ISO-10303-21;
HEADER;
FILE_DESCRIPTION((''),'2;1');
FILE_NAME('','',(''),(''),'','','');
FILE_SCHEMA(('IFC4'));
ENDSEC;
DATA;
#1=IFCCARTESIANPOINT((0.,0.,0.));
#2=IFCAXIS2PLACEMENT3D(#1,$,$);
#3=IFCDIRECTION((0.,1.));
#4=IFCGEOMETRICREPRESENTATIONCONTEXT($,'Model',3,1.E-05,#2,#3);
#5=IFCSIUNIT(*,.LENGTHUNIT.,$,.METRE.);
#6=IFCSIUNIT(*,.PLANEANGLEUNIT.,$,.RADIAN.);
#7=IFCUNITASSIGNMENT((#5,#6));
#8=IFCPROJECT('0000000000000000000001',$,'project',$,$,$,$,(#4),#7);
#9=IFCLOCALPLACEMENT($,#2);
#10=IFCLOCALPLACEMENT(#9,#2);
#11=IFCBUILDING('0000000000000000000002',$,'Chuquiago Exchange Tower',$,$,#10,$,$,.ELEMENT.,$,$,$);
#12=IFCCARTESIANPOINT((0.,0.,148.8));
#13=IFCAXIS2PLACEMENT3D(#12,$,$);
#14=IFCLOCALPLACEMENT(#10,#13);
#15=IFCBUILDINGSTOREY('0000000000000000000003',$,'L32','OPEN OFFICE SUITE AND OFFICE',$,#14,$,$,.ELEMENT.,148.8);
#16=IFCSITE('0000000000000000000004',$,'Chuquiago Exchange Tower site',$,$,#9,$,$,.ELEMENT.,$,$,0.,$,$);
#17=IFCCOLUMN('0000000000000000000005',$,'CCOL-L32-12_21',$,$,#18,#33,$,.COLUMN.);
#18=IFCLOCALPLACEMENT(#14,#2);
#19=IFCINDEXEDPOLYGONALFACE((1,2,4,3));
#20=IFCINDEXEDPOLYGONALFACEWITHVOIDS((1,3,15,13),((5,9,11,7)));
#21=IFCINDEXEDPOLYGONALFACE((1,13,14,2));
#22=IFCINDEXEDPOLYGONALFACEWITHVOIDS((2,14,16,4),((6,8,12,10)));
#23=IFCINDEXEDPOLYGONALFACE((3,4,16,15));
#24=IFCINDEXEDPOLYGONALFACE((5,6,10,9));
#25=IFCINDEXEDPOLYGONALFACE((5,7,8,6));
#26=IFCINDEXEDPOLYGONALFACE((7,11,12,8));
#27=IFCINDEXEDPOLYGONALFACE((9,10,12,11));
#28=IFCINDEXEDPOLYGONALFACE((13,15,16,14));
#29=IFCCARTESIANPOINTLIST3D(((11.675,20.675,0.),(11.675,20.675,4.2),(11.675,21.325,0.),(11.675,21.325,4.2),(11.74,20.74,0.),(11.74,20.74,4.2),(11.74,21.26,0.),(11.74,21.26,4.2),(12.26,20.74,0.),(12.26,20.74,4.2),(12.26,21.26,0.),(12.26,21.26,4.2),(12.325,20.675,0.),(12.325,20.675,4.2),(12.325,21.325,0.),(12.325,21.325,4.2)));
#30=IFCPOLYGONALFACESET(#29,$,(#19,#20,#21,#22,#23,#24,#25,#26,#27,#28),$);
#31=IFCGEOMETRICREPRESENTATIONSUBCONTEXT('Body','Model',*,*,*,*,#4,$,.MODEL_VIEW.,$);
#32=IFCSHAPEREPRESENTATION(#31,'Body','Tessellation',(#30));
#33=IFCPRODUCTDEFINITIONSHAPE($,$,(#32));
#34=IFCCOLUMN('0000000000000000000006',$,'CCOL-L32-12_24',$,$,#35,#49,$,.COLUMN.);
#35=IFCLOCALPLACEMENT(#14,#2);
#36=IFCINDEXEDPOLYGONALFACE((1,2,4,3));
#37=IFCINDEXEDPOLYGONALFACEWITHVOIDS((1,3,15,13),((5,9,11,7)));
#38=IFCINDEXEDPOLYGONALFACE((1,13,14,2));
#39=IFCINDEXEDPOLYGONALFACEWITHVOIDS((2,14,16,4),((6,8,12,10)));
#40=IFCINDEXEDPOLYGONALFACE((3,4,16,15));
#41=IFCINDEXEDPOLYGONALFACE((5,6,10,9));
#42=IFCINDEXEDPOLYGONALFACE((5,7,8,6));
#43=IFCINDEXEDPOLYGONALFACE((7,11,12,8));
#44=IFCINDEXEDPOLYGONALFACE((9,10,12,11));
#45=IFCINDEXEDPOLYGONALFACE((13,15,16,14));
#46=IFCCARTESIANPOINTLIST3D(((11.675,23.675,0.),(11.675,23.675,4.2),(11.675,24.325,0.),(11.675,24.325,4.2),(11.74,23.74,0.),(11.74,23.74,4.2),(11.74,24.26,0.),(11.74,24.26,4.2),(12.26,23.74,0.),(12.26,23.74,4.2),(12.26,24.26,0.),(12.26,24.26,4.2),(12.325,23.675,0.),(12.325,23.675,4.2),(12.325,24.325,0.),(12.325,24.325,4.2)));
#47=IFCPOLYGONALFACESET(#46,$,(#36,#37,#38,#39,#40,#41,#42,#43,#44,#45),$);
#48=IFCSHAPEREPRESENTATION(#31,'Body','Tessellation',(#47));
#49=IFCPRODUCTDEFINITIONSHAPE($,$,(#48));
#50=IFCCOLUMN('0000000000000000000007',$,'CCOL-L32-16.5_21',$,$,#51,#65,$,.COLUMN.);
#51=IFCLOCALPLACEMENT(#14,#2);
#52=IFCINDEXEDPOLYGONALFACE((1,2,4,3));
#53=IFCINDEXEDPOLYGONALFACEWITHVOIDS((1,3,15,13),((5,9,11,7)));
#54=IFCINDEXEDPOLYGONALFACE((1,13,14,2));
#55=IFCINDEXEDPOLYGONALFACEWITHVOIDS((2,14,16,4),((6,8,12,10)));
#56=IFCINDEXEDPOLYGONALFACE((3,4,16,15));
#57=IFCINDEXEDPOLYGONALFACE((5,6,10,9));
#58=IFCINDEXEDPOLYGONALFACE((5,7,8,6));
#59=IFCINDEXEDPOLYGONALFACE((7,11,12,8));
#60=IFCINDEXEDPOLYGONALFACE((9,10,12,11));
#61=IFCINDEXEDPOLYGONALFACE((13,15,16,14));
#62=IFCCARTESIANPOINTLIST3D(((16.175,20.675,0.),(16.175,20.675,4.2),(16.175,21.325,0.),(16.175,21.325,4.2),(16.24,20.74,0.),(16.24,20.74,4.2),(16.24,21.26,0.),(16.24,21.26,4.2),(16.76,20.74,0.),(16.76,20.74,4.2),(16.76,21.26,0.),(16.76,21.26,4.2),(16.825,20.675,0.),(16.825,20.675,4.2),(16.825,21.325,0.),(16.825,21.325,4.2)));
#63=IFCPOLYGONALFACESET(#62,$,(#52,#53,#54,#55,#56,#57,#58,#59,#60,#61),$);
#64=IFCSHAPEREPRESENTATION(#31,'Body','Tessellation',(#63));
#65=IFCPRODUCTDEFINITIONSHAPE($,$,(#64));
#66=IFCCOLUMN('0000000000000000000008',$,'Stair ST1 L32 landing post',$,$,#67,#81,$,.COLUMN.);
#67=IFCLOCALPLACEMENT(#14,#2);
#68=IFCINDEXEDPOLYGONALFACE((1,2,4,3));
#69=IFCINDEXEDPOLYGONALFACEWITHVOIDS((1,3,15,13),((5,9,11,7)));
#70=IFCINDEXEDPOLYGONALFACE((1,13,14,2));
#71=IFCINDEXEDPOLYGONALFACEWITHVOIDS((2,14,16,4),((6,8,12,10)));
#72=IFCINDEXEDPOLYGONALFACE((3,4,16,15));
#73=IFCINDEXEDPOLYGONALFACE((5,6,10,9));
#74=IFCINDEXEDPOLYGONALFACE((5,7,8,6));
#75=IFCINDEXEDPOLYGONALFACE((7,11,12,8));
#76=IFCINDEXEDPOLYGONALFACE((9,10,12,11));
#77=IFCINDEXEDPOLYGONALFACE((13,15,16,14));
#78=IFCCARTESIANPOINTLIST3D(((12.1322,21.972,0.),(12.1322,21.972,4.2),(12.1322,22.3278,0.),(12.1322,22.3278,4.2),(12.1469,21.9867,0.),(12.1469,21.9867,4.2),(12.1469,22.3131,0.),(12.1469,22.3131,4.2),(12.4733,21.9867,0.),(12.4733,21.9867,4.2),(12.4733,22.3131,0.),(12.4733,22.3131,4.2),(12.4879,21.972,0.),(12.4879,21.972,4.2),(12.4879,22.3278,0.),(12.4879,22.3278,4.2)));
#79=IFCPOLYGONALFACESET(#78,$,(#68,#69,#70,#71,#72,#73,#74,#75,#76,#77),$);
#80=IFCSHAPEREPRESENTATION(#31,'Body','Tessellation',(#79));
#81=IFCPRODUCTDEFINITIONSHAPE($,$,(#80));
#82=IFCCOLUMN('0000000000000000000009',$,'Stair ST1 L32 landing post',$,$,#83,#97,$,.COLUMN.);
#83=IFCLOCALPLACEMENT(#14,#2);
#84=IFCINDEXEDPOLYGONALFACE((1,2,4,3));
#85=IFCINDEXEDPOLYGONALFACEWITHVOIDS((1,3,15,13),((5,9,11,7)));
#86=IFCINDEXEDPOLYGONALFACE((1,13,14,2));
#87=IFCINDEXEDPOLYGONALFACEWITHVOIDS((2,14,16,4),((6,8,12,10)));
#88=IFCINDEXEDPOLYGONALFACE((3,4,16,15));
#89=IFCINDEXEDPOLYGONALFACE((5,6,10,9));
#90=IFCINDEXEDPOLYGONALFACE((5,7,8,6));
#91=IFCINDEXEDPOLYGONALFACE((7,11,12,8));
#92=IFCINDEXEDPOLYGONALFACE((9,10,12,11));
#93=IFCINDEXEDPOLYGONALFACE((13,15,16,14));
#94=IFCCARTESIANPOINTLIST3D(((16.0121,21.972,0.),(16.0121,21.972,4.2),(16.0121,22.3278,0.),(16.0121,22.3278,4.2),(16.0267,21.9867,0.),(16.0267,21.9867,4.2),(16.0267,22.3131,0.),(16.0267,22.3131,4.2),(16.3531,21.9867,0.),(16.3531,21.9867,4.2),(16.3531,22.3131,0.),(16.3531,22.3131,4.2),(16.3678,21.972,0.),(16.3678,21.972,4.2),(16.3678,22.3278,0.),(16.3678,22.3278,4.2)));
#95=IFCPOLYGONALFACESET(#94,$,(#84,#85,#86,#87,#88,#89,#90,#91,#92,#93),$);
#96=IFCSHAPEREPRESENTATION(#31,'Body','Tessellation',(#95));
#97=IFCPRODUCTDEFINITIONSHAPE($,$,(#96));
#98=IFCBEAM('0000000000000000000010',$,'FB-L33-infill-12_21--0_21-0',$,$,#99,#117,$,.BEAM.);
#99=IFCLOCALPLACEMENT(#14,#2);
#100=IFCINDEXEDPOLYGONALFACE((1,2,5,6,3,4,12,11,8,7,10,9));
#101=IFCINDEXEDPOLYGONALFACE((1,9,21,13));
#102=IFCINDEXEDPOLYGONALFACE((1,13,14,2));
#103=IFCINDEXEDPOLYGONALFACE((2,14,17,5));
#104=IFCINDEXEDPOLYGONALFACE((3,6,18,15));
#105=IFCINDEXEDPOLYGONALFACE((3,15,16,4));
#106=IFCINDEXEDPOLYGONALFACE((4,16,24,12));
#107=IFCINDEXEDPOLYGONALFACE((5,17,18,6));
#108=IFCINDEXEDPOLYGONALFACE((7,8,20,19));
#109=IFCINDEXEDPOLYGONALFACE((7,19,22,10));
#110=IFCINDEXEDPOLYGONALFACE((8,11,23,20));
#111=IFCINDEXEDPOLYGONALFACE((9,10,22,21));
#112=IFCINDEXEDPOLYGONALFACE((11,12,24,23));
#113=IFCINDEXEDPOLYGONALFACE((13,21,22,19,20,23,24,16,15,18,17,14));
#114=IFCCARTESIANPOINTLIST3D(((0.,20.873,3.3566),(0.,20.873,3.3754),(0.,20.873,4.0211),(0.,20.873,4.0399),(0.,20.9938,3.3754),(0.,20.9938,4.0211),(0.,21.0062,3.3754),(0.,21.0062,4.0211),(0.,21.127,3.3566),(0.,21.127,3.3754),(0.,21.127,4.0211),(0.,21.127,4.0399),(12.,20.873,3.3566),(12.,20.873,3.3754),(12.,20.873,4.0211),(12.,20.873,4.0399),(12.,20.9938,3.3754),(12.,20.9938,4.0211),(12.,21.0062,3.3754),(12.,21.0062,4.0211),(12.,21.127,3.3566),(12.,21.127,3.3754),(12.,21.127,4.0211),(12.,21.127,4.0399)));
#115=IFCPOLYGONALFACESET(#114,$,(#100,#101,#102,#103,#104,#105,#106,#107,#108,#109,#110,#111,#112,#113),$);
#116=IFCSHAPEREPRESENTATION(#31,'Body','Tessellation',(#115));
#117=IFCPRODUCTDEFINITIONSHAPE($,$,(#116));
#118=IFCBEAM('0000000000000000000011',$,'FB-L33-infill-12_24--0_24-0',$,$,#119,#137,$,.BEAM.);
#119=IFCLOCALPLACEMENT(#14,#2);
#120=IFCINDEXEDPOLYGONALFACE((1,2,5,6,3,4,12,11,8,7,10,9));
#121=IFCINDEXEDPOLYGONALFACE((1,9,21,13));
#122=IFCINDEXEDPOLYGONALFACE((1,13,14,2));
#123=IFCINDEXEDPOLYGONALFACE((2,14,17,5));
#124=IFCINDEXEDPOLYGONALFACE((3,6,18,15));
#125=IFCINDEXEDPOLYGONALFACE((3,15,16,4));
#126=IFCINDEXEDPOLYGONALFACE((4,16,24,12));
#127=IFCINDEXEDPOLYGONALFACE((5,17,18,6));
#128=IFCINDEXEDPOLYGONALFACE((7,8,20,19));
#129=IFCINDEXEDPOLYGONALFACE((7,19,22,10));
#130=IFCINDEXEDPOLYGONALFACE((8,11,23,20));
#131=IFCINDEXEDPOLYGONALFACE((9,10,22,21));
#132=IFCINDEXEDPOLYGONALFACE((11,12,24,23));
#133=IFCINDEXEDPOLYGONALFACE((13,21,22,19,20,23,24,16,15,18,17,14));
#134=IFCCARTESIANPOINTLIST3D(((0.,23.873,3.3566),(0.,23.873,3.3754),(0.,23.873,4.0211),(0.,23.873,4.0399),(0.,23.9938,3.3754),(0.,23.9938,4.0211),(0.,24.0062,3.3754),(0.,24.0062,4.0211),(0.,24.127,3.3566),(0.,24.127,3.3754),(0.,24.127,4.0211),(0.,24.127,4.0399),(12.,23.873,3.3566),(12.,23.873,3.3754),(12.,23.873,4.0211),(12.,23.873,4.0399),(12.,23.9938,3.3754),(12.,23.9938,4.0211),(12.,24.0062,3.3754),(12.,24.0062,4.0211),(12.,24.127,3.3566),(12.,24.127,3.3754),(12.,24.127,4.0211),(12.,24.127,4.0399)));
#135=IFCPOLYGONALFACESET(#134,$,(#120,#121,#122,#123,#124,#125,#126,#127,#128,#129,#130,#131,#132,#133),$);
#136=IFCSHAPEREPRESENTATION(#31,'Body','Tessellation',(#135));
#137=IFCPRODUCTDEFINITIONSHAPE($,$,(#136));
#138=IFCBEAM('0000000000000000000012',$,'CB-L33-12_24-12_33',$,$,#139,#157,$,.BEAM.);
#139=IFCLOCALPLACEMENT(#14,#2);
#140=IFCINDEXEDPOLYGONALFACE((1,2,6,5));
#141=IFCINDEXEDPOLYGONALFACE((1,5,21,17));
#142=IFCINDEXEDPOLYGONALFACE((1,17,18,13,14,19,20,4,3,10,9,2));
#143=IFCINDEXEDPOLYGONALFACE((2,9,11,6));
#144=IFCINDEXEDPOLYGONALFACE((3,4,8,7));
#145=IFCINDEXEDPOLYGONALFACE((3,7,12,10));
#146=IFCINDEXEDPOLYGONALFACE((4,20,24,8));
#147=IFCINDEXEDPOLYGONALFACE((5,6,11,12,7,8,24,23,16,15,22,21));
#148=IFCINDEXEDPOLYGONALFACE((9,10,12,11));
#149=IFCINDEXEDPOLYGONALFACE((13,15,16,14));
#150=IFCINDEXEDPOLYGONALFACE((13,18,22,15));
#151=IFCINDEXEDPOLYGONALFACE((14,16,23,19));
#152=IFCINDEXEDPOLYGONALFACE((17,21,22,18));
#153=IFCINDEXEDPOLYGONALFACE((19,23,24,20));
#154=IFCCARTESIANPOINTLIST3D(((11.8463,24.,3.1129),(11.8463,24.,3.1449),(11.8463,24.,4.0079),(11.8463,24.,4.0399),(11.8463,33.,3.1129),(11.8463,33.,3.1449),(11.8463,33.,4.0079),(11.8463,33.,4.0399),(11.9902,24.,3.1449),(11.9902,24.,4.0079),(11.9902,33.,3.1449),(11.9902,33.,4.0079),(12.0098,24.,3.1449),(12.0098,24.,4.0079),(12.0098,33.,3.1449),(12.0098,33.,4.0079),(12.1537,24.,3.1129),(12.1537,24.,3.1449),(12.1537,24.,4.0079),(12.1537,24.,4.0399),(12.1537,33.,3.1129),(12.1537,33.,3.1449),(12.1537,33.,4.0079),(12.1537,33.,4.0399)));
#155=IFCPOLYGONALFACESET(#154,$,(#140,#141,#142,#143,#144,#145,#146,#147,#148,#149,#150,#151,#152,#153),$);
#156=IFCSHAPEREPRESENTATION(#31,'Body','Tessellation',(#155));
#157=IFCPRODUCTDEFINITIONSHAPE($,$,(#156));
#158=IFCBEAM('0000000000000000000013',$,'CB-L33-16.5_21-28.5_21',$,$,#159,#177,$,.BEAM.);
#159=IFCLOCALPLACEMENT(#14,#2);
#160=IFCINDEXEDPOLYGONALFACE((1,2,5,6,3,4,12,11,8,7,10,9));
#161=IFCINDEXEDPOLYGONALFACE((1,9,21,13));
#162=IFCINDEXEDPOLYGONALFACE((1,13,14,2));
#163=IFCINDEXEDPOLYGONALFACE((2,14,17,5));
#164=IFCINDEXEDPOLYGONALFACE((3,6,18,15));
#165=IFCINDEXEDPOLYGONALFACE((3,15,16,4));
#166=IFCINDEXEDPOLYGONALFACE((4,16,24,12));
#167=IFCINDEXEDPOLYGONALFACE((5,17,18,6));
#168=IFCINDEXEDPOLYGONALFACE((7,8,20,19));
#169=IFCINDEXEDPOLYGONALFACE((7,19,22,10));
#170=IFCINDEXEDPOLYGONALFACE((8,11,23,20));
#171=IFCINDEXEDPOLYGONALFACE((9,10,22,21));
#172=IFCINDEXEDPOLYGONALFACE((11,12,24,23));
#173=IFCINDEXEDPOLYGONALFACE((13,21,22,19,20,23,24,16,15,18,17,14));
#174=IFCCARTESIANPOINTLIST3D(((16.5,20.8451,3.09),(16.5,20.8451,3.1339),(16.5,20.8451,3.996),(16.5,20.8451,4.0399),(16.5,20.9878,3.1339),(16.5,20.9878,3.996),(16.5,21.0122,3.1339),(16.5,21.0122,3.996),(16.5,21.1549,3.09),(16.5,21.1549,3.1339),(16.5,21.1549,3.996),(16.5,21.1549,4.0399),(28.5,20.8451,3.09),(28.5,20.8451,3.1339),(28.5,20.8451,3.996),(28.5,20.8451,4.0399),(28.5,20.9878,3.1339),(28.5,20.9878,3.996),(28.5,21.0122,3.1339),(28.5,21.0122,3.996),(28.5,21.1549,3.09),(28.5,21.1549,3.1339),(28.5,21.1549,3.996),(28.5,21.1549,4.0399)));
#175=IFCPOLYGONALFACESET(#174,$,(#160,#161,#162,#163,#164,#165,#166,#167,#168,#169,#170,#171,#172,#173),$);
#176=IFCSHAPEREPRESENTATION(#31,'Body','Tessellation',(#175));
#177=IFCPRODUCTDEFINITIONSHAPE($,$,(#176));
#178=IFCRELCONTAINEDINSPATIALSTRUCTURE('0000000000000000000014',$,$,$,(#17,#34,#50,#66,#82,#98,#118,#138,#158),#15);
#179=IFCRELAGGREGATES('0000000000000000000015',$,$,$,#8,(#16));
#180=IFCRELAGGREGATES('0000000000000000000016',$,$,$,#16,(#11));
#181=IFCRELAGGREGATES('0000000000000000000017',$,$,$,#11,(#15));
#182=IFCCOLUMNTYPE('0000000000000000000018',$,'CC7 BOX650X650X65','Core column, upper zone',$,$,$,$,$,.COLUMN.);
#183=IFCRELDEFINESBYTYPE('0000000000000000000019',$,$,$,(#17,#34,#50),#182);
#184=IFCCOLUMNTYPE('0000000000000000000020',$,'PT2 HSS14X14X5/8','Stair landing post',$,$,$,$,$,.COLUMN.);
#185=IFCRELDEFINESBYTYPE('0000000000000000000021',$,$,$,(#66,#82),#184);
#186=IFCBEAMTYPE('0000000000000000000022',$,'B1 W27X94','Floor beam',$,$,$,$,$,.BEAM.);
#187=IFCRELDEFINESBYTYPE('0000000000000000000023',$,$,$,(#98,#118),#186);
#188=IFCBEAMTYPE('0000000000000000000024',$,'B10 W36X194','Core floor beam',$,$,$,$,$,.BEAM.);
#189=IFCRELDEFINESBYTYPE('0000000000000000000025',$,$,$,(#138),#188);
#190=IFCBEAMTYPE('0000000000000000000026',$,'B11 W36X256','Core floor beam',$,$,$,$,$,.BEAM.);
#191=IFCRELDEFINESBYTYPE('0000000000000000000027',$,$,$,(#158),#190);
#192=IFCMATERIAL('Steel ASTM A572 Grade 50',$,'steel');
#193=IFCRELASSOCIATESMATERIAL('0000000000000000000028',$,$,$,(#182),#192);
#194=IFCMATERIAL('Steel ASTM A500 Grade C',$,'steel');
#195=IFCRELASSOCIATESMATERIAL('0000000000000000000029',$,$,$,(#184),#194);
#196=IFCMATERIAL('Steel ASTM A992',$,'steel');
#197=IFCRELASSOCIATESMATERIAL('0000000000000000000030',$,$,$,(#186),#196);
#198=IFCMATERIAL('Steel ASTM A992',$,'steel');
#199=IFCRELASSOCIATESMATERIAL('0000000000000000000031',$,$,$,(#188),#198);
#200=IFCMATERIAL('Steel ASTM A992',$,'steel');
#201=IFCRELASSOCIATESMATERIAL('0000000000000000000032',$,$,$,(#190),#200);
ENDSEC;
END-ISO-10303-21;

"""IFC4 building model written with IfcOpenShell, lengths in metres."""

from ifc_helpers import new_model, si_unit, direction, frame, origin, origin_2d, place, context, subcontext, project, spatial, hollow_rectangle, i_section, extrude, material, material_profile, profile_set, type_object, element, save


model = new_model("IFC4")

# Units and contexts
model_context = context("Model", 3, precision=1e-05, world=origin(), true_north=direction((0.0, 1.0)))
body_context = subcontext(model_context, "Body", "Model", "MODEL_VIEW")
ifc_project = project(units=[si_unit("LENGTHUNIT", "METRE"), si_unit("PLANEANGLEUNIT", "RADIAN")], contexts=[model_context])

# Site, building, storey
site_placement = place(None, origin())
site = spatial("IfcSite", under=ifc_project, at=site_placement, Name="Chuquiago Exchange Tower site", CompositionType="ELEMENT", RefElevation=0.0)
building_placement = place(site_placement, origin())
building = spatial("IfcBuilding", under=site, at=building_placement, Name="Chuquiago Exchange Tower", CompositionType="ELEMENT")
storey_placement = place(building_placement, frame((0.0, 0.0, 148.8)))
storey = spatial("IfcBuildingStorey", under=building, at=storey_placement, Name="L32", Description="OPEN OFFICE SUITE AND OFFICE", CompositionType="ELEMENT", Elevation=148.8)

# Columns
ifc_material_1 = material(Name="Steel ASTM A572 Grade 50", Category="steel")
ifc_material_profile_1 = material_profile(ifc_material_1, hollow_rectangle(XDim=0.6499, YDim=0.6499, WallThickness=0.0649, at=origin_2d()), Name="BOX650X650X65")
ifc_profile_set_1 = profile_set([ifc_material_profile_1], Name="Steel ASTM A572 Grade 50")
column_type_1 = type_object("IfcColumnType", Name="CC7 BOX650X650X65", Description="Core column, upper zone", PredefinedType="COLUMN", material=ifc_profile_set_1)
for number, where, z_axis, x_axis, name in (
    (1, (12.0, 21.0, 0.0), (0.0, 0.0, 1.0), (1.0, 0.0, 0.0), "CCOL-L32-12_21"),
    (2, (12.0, 24.0, 0.0), (0.0, 0.0, 1.0), (1.0, 0.0, 0.0), "CCOL-L32-12_24"),
    (3, (16.5, 21.0, 0.0), (0.0, 0.0, 1.0), (1.0, 0.0, 0.0), "CCOL-L32-16.5_21"),
):
    element("IfcColumn", number, at=place(storey_placement, frame(where, z_axis=z_axis, x_axis=x_axis)), inside=storey, type_object=column_type_1, Name=name, PredefinedType="COLUMN", context=body_context, shape_type="SweptSolid", body=[
        extrude(hollow_rectangle(XDim=0.6499, YDim=0.6499, WallThickness=0.0649, at=origin_2d()), origin(), (0.0, 0.0, 1.0), 4.2),
    ])
ifc_material_2 = material(Name="Steel ASTM A500 Grade C", Category="steel")
ifc_material_profile_2 = material_profile(ifc_material_2, hollow_rectangle(XDim=0.3557, YDim=0.3557, WallThickness=0.0146, at=origin_2d()), Name="HSS14X14X5/8")
ifc_profile_set_2 = profile_set([ifc_material_profile_2], Name="Steel ASTM A500 Grade C")
column_type_2 = type_object("IfcColumnType", Name="PT2 HSS14X14X5/8", Description="Stair landing post", PredefinedType="COLUMN", material=ifc_profile_set_2)
for number, where, z_axis, x_axis, name in (
    (4, (12.3101, 22.1499, 0.0), (0.0, 0.0, 1.0), (1.0, 0.0, 0.0), "Stair ST1 L32 landing post"),
    (5, (16.1899, 22.1499, 0.0), (0.0, 0.0, 1.0), (1.0, 0.0, 0.0), "Stair ST1 L32 landing post"),
):
    element("IfcColumn", number, at=place(storey_placement, frame(where, z_axis=z_axis, x_axis=x_axis)), inside=storey, type_object=column_type_2, Name=name, PredefinedType="COLUMN", context=body_context, shape_type="SweptSolid", body=[
        extrude(hollow_rectangle(XDim=0.3557, YDim=0.3557, WallThickness=0.0146, at=origin_2d()), origin(), (0.0, 0.0, 1.0), 4.2),
    ])

# Beams
ifc_material_3 = material(Name="Steel ASTM A992", Category="steel")
ifc_material_profile_3 = material_profile(ifc_material_3, i_section(OverallWidth=0.2539, OverallDepth=0.6833, WebThickness=0.0125, FlangeThickness=0.0188, at=origin_2d()), Name="W27X94")
ifc_profile_set_3 = profile_set([ifc_material_profile_3], Name="Steel ASTM A992")
beam_type_1 = type_object("IfcBeamType", Name="B1 W27X94", Description="Floor beam", PredefinedType="BEAM", material=ifc_profile_set_3)
for number, where, z_axis, x_axis, name in (
    (6, (12.0, 21.0, 3.6982), (-1.0, 0.0, 0.0), (0.0, -1.0, 0.0), "FB-L33-infill-12_21--0_21-0"),
    (7, (12.0, 24.0, 3.6982), (-1.0, 0.0, 0.0), (0.0, -1.0, 0.0), "FB-L33-infill-12_24--0_24-0"),
):
    element("IfcBeam", number, at=place(storey_placement, frame(where, z_axis=z_axis, x_axis=x_axis)), inside=storey, type_object=beam_type_1, Name=name, PredefinedType="BEAM", context=body_context, shape_type="SweptSolid", body=[
        extrude(i_section(OverallWidth=0.2539, OverallDepth=0.6833, WebThickness=0.0125, FlangeThickness=0.0188, at=origin_2d()), origin(), (0.0, 0.0, 1.0), 12.0),
    ])
ifc_material_4 = material(Name="Steel ASTM A992", Category="steel")
ifc_material_profile_4 = material_profile(ifc_material_4, i_section(OverallWidth=0.3074, OverallDepth=0.927, WebThickness=0.0195, FlangeThickness=0.032, at=origin_2d()), Name="W36X194")
ifc_profile_set_4 = profile_set([ifc_material_profile_4], Name="Steel ASTM A992")
beam_type_2 = type_object("IfcBeamType", Name="B10 W36X194", Description="Core floor beam", PredefinedType="BEAM", material=ifc_profile_set_4)
beam_1_placement = place(storey_placement, frame((12.0, 24.0, 3.5764), z_axis=(0.0, 1.0, 0.0), x_axis=(-1.0, 0.0, 0.0)))
element("IfcBeam", 8, at=beam_1_placement, inside=storey, type_object=beam_type_2, Name="CB-L33-12_24-12_33", PredefinedType="BEAM", context=body_context, shape_type="SweptSolid", body=[
    extrude(i_section(OverallWidth=0.3074, OverallDepth=0.927, WebThickness=0.0195, FlangeThickness=0.032, at=origin_2d()), origin(), (0.0, 0.0, 1.0), 9.0),
])
ifc_material_5 = material(Name="Steel ASTM A992", Category="steel")
ifc_material_profile_5 = material_profile(ifc_material_5, i_section(OverallWidth=0.3098, OverallDepth=0.95, WebThickness=0.0244, FlangeThickness=0.0439, at=origin_2d()), Name="W36X256")
ifc_profile_set_5 = profile_set([ifc_material_profile_5], Name="Steel ASTM A992")
beam_type_3 = type_object("IfcBeamType", Name="B11 W36X256", Description="Core floor beam", PredefinedType="BEAM", material=ifc_profile_set_5)
beam_2_placement = place(storey_placement, frame((16.5, 21.0, 3.5649), z_axis=(1.0, 0.0, 0.0), x_axis=(0.0, 1.0, 0.0)))
element("IfcBeam", 9, at=beam_2_placement, inside=storey, type_object=beam_type_3, Name="CB-L33-16.5_21-28.5_21", PredefinedType="BEAM", context=body_context, shape_type="SweptSolid", body=[
    extrude(i_section(OverallWidth=0.3098, OverallDepth=0.95, WebThickness=0.0244, FlangeThickness=0.0439, at=origin_2d()), origin(), (0.0, 0.0, 1.0), 12.0),
])

save(model, "model.ifc")
